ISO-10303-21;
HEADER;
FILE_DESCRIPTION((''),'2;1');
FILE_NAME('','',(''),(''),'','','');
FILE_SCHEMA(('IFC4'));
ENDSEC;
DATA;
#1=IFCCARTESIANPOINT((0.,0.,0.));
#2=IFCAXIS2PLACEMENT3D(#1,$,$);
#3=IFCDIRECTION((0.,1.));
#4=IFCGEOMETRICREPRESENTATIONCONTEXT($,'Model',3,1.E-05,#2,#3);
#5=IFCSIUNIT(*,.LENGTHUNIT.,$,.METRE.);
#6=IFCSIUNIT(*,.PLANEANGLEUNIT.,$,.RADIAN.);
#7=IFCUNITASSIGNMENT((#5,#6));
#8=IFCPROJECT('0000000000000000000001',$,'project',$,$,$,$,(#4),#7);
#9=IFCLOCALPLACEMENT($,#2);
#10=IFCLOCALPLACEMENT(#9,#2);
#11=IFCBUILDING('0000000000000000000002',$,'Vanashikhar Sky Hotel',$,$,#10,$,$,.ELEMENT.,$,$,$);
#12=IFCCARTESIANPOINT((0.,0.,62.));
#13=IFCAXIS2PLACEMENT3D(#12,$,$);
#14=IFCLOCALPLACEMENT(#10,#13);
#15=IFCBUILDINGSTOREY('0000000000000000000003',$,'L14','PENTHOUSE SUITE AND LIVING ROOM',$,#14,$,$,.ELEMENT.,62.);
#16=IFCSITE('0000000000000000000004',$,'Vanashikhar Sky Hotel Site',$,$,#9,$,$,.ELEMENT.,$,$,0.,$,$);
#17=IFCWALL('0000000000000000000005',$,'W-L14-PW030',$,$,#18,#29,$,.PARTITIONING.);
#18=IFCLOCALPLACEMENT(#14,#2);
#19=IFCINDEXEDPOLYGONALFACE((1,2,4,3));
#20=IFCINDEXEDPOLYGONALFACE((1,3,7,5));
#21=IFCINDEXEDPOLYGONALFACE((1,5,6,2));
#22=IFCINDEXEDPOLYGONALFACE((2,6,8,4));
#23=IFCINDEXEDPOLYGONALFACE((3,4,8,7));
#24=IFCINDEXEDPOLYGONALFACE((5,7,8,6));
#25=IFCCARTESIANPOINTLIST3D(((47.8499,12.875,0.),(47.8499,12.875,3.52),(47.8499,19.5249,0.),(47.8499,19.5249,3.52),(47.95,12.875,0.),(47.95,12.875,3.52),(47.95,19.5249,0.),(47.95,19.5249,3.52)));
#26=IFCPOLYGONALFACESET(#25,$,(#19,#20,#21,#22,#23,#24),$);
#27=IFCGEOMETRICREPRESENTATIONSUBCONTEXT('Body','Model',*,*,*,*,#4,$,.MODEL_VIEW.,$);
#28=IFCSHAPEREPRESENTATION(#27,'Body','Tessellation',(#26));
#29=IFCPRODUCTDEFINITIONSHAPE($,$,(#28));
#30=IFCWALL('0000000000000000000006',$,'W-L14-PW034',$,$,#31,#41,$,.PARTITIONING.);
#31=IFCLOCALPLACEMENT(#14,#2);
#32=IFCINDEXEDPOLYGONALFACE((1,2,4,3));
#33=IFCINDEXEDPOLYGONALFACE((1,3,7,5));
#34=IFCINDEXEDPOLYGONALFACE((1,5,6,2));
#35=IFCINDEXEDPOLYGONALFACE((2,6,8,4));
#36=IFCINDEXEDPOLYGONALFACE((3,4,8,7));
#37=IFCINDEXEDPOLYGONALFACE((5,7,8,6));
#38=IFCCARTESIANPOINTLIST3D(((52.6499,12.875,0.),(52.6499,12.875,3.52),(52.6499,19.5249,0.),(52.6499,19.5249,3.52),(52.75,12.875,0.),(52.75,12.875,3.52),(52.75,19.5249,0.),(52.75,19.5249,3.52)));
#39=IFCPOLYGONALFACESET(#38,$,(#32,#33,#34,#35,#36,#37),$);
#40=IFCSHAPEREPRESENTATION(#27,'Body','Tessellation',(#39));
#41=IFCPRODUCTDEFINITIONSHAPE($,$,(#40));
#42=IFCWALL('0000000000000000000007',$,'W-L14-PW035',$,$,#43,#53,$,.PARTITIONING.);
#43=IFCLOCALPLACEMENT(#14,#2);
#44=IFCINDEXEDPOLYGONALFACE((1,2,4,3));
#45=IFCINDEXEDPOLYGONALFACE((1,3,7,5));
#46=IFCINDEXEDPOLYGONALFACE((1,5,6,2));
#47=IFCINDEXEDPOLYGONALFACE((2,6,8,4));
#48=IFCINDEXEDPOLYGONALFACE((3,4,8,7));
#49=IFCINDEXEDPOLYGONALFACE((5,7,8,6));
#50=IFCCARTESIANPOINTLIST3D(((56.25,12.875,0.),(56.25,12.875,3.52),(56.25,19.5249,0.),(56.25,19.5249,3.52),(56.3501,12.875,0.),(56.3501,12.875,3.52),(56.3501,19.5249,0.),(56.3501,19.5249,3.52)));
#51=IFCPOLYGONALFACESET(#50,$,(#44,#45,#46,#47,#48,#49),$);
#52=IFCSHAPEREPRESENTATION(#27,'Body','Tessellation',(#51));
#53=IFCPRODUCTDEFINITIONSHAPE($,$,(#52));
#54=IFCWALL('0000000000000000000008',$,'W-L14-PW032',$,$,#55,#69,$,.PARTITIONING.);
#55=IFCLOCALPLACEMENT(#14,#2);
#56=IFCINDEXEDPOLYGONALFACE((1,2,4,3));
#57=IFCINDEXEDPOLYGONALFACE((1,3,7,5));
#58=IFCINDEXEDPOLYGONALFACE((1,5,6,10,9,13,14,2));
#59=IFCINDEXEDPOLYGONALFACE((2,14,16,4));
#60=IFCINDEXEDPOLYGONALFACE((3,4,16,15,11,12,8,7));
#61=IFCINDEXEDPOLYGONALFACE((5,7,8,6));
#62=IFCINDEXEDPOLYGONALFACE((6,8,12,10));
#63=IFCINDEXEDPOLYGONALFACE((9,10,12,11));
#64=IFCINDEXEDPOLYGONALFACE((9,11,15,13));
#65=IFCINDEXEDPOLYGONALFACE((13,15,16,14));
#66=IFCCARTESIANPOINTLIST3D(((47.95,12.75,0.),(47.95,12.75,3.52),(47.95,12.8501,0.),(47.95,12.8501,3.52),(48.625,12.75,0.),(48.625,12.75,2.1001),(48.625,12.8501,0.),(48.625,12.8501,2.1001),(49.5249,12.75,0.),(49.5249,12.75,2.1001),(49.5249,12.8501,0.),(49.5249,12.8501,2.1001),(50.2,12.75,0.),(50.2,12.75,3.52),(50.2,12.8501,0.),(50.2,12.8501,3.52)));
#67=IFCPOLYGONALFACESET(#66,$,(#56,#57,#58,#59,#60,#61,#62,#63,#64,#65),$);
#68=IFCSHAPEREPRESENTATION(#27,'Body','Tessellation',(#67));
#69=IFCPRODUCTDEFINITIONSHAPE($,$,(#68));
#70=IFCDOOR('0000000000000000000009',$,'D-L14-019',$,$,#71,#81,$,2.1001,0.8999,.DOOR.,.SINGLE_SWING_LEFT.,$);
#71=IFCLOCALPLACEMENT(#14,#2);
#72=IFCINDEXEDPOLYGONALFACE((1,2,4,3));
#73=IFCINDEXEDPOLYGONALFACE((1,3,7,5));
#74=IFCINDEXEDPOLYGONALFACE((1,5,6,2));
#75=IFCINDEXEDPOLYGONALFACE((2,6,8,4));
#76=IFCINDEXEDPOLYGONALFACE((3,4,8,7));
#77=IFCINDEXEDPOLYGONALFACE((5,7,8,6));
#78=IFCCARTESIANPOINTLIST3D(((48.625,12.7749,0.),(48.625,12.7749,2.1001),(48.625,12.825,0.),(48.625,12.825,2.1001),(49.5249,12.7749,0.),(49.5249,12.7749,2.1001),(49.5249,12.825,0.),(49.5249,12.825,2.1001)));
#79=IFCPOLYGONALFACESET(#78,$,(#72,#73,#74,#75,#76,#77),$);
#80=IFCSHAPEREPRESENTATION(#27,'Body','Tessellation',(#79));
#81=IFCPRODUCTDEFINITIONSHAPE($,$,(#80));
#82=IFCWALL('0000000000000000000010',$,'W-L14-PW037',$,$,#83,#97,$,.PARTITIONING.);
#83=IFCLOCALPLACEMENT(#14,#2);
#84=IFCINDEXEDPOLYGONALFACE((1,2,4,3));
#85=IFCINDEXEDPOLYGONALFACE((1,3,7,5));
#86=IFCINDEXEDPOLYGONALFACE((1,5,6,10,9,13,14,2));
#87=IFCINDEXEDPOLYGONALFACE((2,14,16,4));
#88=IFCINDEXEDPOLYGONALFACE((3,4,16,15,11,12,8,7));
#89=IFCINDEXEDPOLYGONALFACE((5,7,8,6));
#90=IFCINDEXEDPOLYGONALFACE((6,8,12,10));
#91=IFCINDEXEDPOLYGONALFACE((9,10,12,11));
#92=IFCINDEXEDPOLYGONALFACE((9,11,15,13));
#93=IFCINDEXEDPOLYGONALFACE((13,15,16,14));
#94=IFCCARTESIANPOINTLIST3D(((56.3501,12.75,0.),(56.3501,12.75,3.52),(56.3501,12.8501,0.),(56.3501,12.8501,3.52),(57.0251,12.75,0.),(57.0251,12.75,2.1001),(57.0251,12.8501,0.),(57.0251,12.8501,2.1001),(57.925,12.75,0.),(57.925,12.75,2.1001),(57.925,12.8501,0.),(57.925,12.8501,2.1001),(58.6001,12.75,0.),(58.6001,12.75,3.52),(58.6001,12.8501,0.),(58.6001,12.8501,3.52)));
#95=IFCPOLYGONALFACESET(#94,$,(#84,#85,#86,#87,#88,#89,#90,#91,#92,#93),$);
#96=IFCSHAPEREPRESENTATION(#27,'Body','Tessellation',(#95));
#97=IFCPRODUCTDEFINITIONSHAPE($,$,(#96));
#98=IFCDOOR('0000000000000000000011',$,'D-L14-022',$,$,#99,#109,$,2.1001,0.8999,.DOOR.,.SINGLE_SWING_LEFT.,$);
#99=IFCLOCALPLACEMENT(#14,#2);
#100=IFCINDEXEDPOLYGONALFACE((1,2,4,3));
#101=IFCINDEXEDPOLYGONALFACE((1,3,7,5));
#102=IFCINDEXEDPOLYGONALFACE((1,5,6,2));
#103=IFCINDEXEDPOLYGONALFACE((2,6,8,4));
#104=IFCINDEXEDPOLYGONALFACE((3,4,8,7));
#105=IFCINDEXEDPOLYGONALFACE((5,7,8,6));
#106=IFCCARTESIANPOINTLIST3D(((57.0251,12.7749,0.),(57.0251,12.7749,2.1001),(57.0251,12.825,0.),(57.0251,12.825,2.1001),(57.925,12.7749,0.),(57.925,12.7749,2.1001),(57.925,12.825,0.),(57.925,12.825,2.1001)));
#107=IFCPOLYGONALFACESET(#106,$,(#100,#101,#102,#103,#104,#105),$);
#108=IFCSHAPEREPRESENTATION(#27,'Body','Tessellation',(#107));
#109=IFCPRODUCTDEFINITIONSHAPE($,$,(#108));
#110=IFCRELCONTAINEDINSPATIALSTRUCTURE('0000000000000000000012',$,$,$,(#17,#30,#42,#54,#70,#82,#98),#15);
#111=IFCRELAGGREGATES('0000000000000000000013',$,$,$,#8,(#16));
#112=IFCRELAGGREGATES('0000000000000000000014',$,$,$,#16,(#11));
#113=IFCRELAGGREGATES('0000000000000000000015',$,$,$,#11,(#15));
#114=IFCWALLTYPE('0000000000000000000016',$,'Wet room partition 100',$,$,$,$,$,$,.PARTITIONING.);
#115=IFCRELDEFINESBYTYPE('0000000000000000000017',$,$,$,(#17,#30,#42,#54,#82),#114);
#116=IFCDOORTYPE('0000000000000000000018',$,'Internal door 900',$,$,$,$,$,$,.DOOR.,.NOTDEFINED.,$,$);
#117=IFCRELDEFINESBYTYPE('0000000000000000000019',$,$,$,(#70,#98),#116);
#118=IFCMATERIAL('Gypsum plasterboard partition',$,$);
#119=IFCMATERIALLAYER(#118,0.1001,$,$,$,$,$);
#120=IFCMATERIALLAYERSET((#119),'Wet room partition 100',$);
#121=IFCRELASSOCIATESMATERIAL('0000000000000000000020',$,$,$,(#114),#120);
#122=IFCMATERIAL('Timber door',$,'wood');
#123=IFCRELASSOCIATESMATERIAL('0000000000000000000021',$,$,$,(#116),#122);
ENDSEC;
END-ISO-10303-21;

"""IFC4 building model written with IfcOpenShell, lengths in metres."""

from ifc_helpers import new_model, si_unit, direction, frame, frame_2d, origin, place, context, subcontext, project, spatial, rectangle, extrude, source, transform, mapped, material, layer, layer_set, type_object, element, fill, save


model = new_model("IFC4")

# Units and contexts
model_context = context("Model", 3, precision=1e-05, world=origin(), true_north=direction((0.0, 1.0)))
body_context = subcontext(model_context, "Body", "Model", "MODEL_VIEW")
ifc_project = project(units=[si_unit("LENGTHUNIT", "METRE"), si_unit("PLANEANGLEUNIT", "RADIAN")], contexts=[model_context])

# Site, building, storey
site_placement = place(None, origin())
site = spatial("IfcSite", under=ifc_project, at=site_placement, Name="Vanashikhar Sky Hotel Site", CompositionType="ELEMENT", RefElevation=0.0)
building_placement = place(site_placement, origin())
building = spatial("IfcBuilding", under=site, at=building_placement, Name="Vanashikhar Sky Hotel", CompositionType="ELEMENT")
storey_placement = place(building_placement, frame((0.0, 0.0, 62.0)))
storey = spatial("IfcBuildingStorey", under=building, at=storey_placement, Name="L14", Description="PENTHOUSE SUITE AND LIVING ROOM", CompositionType="ELEMENT", Elevation=62.0)

# Shared definitions
ifc_material_1 = material(Name="Gypsum plasterboard partition")
ifc_layer_1 = layer(ifc_material_1, 0.1001)
ifc_layer_set_1 = layer_set([ifc_layer_1], Name="Wet room partition 100")
wall_type_1 = type_object("IfcWallType", Name="Wet room partition 100", PredefinedType="PARTITIONING", material=ifc_layer_set_1)
shared_shape_1 = source(origin(), body_context, "Body", "SweptSolid", [
    extrude(rectangle(XDim=0.8999, YDim=2.1001, at=frame_2d((0.45, 1.05))), frame((0.0, 0.0601, 0.0), z_axis=(0.0, -1.0, 0.0), x_axis=(1.0, 0.0, 0.0)), (0.0, 0.0, 1.0), 0.1201),
])
ifc_material_2 = material(Name="Timber door", Category="wood")
door_type_1 = type_object("IfcDoorType", Name="Internal door 900", OperationType="NOTDEFINED", PredefinedType="DOOR", material=ifc_material_2)
shared_shape_2 = source(origin(), body_context, "Body", "SweptSolid", [
    extrude(rectangle(XDim=0.8999, YDim=2.1001, at=frame_2d((0.45, 1.05))), frame((0.0, 0.0249, 0.0), z_axis=(0.0, -1.0, 0.0), x_axis=(1.0, 0.0, 0.0)), (0.0, 0.0, 1.0), 0.05),
])

# Walls
shared_shape_3 = source(origin(), body_context, "Body", "SweptSolid", [
    extrude(rectangle(XDim=6.6499, YDim=0.1001, at=frame_2d((3.325, 0.0))), origin(), (0.0, 0.0, 1.0), 3.52),
])
for number, where, z_axis, x_axis, name in (
    (1, (47.8999, 12.875, 0.0), (0.0, 0.0, 1.0), (0.0, 1.0, 0.0), "W-L14-PW030"),
    (2, (52.7, 12.875, 0.0), (0.0, 0.0, 1.0), (0.0, 1.0, 0.0), "W-L14-PW034"),
    (3, (56.3, 12.875, 0.0), (0.0, 0.0, 1.0), (0.0, 1.0, 0.0), "W-L14-PW035"),
):
    element("IfcWall", number, at=place(storey_placement, frame(where, z_axis=z_axis, x_axis=x_axis)), inside=storey, type_object=wall_type_1, Name=name, PredefinedType="PARTITIONING", context=body_context, shape_type="MappedRepresentation", body=[
        mapped(shared_shape_3, transform((0.0, 0.0, 0.0), scale=1.0)),
    ])

# Walls, openings, doors
shared_shape_4 = source(origin(), body_context, "Body", "SweptSolid", [
    extrude(rectangle(XDim=2.25, YDim=0.1001, at=frame_2d((1.125, 0.0))), origin(), (0.0, 0.0, 1.0), 3.52),
])
wall_1_placement = place(storey_placement, frame((47.95, 12.8, 0.0), z_axis=(0.0, 0.0, 1.0), x_axis=(1.0, 0.0, 0.0)))
wall_1 = element("IfcWall", 4, at=wall_1_placement, inside=storey, type_object=wall_type_1, Name="W-L14-PW032", PredefinedType="PARTITIONING", context=body_context, shape_type="MappedRepresentation", body=[
    mapped(shared_shape_4, transform((0.0, 0.0, 0.0), scale=1.0)),
])
opening_1_placement = place(wall_1_placement, frame((0.675, 0.0, 0.0)))
opening_1 = element("IfcOpeningElement", 5, at=opening_1_placement, cuts=wall_1, PredefinedType="OPENING", context=body_context, shape_type="MappedRepresentation", body=[
    mapped(shared_shape_1, transform((0.0, 0.0, 0.0), scale=1.0)),
])
door_1_placement = place(opening_1_placement, origin())
door_1 = element("IfcDoor", 6, at=door_1_placement, inside=storey, type_object=door_type_1, Name="D-L14-019", OperationType="SINGLE_SWING_LEFT", OverallHeight=2.1001, OverallWidth=0.8999, PredefinedType="DOOR", context=body_context, shape_type="MappedRepresentation", body=[
    mapped(shared_shape_2, transform((0.0, 0.0, 0.0), scale=1.0)),
])
fill(opening_1, door_1)
wall_2_placement = place(storey_placement, frame((56.3501, 12.8, 0.0), z_axis=(0.0, 0.0, 1.0), x_axis=(1.0, 0.0, 0.0)))
wall_2 = element("IfcWall", 7, at=wall_2_placement, inside=storey, type_object=wall_type_1, Name="W-L14-PW037", PredefinedType="PARTITIONING", context=body_context, shape_type="MappedRepresentation", body=[
    mapped(shared_shape_4, transform((0.0, 0.0, 0.0), scale=1.0)),
])
opening_2_placement = place(wall_2_placement, frame((0.675, 0.0, 0.0)))
opening_2 = element("IfcOpeningElement", 8, at=opening_2_placement, cuts=wall_2, PredefinedType="OPENING", context=body_context, shape_type="MappedRepresentation", body=[
    mapped(shared_shape_1, transform((0.0, 0.0, 0.0), scale=1.0)),
])
door_2_placement = place(opening_2_placement, origin())
door_2 = element("IfcDoor", 9, at=door_2_placement, inside=storey, type_object=door_type_1, Name="D-L14-022", OperationType="SINGLE_SWING_LEFT", OverallHeight=2.1001, OverallWidth=0.8999, PredefinedType="DOOR", context=body_context, shape_type="MappedRepresentation", body=[
    mapped(shared_shape_2, transform((0.0, 0.0, 0.0), scale=1.0)),
])
fill(opening_2, door_2)

save(model, "model.ifc")
